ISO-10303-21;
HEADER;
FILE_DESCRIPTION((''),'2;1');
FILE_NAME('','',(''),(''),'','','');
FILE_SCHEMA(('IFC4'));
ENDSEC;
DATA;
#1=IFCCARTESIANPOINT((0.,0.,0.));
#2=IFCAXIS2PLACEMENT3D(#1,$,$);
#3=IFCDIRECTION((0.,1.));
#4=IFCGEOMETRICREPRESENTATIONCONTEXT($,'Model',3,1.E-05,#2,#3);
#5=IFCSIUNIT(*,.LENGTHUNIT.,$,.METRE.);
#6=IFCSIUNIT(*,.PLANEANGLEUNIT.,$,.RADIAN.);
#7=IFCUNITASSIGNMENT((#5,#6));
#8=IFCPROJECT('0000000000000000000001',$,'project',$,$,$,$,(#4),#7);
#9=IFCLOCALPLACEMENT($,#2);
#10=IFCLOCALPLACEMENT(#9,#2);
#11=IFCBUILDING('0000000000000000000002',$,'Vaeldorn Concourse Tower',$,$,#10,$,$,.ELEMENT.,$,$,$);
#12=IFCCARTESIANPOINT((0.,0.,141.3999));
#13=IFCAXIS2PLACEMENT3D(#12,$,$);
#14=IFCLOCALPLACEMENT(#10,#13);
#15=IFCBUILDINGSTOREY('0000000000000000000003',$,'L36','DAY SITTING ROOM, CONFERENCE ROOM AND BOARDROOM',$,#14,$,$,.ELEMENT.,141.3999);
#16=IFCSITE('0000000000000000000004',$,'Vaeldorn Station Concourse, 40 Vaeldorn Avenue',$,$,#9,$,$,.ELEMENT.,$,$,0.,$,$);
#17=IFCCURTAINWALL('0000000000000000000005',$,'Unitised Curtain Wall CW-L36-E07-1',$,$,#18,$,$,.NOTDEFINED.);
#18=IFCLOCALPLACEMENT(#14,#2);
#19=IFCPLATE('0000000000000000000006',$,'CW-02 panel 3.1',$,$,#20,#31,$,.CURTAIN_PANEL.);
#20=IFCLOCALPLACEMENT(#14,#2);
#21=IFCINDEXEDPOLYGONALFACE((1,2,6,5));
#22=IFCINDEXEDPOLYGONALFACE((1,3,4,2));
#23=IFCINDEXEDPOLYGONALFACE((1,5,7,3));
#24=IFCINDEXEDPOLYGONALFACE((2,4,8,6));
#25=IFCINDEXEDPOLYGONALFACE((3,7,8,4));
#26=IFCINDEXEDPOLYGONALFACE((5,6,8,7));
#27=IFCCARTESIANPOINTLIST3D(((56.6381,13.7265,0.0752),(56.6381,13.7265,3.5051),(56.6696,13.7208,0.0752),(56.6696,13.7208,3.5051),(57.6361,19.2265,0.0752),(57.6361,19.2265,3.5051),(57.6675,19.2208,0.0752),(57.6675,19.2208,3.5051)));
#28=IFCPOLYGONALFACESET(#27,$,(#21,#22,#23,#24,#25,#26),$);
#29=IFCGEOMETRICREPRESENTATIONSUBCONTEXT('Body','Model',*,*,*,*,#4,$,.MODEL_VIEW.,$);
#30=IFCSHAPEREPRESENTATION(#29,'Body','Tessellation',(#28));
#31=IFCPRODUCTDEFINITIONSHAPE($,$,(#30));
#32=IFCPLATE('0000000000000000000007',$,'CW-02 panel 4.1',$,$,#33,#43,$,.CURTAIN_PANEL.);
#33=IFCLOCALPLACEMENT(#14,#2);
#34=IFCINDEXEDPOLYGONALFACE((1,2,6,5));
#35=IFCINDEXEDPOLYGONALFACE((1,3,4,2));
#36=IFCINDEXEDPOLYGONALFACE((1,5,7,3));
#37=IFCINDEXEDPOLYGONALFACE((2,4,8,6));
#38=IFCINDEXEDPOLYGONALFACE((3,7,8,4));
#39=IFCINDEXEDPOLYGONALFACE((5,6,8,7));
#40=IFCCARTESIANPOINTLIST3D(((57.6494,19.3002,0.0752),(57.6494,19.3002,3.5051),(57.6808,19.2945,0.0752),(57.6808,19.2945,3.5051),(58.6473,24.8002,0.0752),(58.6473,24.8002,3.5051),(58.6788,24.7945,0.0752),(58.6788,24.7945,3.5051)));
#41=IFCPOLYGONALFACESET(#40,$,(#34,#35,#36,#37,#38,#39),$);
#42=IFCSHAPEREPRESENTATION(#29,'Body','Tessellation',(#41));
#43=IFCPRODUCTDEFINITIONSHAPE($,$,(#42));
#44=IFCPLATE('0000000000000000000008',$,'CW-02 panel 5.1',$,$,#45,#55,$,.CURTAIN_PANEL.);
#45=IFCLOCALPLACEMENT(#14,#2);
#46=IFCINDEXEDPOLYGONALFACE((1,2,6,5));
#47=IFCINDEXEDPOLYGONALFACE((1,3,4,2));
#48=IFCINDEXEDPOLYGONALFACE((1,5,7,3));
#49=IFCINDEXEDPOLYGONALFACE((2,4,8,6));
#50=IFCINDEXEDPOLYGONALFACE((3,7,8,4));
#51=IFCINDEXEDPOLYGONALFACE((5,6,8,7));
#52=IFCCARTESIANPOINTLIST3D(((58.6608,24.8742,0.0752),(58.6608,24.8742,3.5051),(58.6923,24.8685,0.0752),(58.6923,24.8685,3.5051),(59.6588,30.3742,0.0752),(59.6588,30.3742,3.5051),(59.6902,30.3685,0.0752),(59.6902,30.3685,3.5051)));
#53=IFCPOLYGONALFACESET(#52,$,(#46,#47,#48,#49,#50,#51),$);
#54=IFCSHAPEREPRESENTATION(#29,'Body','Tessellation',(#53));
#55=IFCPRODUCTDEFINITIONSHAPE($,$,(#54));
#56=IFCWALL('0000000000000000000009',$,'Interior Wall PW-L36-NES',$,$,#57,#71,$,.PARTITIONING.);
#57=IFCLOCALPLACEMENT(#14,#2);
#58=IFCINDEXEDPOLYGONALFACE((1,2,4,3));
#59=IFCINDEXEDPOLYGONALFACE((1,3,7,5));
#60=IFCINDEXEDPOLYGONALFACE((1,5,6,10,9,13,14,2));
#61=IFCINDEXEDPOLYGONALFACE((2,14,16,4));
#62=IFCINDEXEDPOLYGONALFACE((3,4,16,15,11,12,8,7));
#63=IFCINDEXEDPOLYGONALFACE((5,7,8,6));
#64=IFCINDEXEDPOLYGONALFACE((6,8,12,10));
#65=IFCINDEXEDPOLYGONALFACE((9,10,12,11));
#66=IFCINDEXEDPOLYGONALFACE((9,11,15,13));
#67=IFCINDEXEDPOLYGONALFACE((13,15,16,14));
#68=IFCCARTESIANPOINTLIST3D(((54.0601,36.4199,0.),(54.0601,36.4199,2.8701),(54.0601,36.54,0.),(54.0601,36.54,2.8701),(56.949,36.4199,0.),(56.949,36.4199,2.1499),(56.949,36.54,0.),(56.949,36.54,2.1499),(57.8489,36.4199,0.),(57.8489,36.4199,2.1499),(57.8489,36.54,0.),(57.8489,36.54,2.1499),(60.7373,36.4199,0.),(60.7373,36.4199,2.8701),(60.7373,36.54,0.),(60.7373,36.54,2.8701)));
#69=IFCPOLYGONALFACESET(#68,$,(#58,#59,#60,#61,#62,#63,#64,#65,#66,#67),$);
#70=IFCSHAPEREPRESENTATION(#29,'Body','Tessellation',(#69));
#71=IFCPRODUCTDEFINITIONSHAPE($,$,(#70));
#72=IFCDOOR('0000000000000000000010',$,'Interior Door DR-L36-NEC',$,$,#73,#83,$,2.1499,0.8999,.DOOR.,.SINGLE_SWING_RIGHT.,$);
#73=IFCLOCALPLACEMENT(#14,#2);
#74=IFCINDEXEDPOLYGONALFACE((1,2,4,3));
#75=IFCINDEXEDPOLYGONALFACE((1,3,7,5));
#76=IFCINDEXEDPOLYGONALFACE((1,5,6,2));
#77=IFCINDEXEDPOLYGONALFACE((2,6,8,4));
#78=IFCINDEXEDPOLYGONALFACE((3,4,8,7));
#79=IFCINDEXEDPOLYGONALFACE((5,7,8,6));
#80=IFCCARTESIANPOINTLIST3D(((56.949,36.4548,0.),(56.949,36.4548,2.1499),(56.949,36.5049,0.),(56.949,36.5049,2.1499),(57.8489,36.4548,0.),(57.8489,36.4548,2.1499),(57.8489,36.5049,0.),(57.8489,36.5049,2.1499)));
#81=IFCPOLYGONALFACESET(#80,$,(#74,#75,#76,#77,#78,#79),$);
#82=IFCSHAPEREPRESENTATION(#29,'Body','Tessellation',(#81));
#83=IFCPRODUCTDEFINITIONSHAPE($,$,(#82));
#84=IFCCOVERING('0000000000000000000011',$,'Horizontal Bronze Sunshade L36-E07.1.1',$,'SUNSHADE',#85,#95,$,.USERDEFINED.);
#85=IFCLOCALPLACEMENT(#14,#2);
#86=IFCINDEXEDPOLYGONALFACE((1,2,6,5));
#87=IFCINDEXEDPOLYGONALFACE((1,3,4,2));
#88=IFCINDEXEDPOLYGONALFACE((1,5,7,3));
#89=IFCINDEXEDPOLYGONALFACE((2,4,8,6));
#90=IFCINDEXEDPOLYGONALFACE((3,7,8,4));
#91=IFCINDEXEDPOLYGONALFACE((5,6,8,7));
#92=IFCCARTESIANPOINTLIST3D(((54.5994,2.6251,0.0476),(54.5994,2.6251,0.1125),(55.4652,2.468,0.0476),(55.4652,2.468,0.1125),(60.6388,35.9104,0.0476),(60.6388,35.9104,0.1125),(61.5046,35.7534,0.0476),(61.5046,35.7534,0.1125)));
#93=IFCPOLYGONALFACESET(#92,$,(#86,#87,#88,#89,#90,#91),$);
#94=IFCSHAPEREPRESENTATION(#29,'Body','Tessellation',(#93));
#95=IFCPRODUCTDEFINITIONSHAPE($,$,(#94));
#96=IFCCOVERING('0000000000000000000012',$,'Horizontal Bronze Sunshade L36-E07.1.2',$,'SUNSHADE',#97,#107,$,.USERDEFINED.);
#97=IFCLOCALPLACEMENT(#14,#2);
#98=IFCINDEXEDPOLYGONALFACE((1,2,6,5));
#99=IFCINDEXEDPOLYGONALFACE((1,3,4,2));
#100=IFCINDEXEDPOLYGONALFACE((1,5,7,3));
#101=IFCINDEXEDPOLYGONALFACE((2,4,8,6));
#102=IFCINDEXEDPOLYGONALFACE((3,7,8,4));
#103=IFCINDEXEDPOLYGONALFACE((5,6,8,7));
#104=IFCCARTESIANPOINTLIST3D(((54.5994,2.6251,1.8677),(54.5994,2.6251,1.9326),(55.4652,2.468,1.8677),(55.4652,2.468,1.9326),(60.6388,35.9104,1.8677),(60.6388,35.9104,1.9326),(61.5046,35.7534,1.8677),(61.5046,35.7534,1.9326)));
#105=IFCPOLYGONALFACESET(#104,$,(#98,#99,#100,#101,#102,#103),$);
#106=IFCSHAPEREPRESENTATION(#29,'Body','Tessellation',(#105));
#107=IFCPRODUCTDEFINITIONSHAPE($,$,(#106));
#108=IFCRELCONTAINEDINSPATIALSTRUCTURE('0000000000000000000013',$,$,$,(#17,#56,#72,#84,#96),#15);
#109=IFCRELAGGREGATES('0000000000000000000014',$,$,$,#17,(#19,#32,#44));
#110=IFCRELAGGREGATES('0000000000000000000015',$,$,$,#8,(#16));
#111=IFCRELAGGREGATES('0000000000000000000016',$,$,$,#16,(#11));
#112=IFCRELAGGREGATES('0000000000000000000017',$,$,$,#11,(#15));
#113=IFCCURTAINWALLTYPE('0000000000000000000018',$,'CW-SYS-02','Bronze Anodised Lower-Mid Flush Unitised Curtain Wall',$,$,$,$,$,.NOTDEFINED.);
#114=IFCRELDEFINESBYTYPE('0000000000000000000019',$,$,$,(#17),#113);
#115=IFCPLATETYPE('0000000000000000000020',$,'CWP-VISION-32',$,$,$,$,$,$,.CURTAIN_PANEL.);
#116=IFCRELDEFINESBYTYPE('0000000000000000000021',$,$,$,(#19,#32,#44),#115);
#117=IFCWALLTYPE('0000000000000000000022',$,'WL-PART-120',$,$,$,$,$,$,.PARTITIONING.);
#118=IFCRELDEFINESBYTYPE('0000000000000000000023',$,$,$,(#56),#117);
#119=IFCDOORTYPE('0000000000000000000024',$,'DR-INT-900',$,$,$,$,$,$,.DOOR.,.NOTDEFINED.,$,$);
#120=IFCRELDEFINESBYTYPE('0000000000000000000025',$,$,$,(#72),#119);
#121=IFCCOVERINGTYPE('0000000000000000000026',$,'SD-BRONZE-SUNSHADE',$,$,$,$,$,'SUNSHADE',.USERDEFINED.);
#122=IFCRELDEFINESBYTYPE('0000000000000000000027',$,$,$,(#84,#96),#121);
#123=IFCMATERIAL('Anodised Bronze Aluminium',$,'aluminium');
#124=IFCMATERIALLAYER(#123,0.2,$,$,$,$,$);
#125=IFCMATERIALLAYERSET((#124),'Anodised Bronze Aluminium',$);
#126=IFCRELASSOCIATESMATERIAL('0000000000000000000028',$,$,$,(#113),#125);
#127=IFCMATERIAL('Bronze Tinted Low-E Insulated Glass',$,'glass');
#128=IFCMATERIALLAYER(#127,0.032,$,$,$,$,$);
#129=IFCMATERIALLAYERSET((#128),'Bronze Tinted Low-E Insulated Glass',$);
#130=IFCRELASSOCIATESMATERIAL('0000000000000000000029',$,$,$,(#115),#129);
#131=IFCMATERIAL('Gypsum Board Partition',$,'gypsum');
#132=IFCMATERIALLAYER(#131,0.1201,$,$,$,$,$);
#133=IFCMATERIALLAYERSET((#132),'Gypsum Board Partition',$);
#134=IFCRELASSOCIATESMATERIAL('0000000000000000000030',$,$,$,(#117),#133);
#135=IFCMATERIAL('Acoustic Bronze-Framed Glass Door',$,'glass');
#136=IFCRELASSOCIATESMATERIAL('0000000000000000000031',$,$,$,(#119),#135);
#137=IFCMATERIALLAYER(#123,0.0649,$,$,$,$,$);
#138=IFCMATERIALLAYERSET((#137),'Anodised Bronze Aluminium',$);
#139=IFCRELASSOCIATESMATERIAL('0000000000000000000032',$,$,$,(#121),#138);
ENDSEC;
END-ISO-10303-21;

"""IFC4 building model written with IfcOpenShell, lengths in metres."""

from ifc_helpers import new_model, si_unit, direction, frame, frame_2d, origin, origin_2d, place, context, subcontext, project, spatial, rectangle, extrude, source, transform, mapped, material, layer, layer_set, type_object, element, fill, aggregate, save


model = new_model("IFC4")

# Units and contexts
model_context = context("Model", 3, precision=1e-05, world=origin(), true_north=direction((0.0, 1.0)))
body_context = subcontext(model_context, "Body", "Model", "MODEL_VIEW")
ifc_project = project(units=[si_unit("LENGTHUNIT", "METRE"), si_unit("PLANEANGLEUNIT", "RADIAN")], contexts=[model_context])

# Site, building, storey
site_placement = place(None, origin())
site = spatial("IfcSite", under=ifc_project, at=site_placement, Name="Vaeldorn Station Concourse, 40 Vaeldorn Avenue", CompositionType="ELEMENT", RefElevation=0.0)
building_placement = place(site_placement, origin())
building = spatial("IfcBuilding", under=site, at=building_placement, Name="Vaeldorn Concourse Tower", CompositionType="ELEMENT")
storey_placement = place(building_placement, frame((0.0, 0.0, 141.3999)))
storey = spatial("IfcBuildingStorey", under=building, at=storey_placement, Name="L36", Description="DAY SITTING ROOM, CONFERENCE ROOM AND BOARDROOM", CompositionType="ELEMENT", Elevation=141.3999)

# Curtain wall, plates
ifc_material_1 = material(Name="Anodised Bronze Aluminium", Category="aluminium")
ifc_layer_1 = layer(ifc_material_1, 0.2)
ifc_layer_set_1 = layer_set([ifc_layer_1], Name="Anodised Bronze Aluminium")
curtain_wall_type = type_object("IfcCurtainWallType", Name="CW-SYS-02", Description="Bronze Anodised Lower-Mid Flush Unitised Curtain Wall", PredefinedType="NOTDEFINED", material=ifc_layer_set_1)
curtain_wall_placement = place(storey_placement, origin())
curtain_wall = element("IfcCurtainWall", 1, at=curtain_wall_placement, inside=storey, type_object=curtain_wall_type, Name="Unitised Curtain Wall CW-L36-E07-1", PredefinedType="NOTDEFINED")
ifc_material_2 = material(Name="Bronze Tinted Low-E Insulated Glass", Category="glass")
ifc_layer_2 = layer(ifc_material_2, 0.032)
ifc_layer_set_2 = layer_set([ifc_layer_2], Name="Bronze Tinted Low-E Insulated Glass")
plate_type = type_object("IfcPlateType", Name="CWP-VISION-32", PredefinedType="CURTAIN_PANEL", material=ifc_layer_set_2)
shared_shape_1 = source(origin(), body_context, "Body", "SweptSolid", [
    extrude(rectangle(XDim=5.5898, YDim=0.032, at=origin_2d()), origin(), (0.0, 0.0, 1.0), 3.4299),
])
plate_1_placement = place(storey_placement, frame((57.1528, 16.4736, 0.0752), z_axis=(0.0, 0.0, 1.0), x_axis=(0.178526, 0.983935, 0.0)))
plate_1 = element("IfcPlate", 2, at=plate_1_placement, type_object=plate_type, Name="CW-02 panel 3.1", PredefinedType="CURTAIN_PANEL", context=body_context, shape_type="MappedRepresentation", body=[
    mapped(shared_shape_1, transform((0.0, 0.0, 0.0), scale=1.0)),
])
plate_2_placement = place(storey_placement, frame((58.1641, 22.0474, 0.0752), z_axis=(0.0, 0.0, 1.0), x_axis=(0.178526, 0.983935, 0.0)))
plate_2 = element("IfcPlate", 3, at=plate_2_placement, type_object=plate_type, Name="CW-02 panel 4.1", PredefinedType="CURTAIN_PANEL", context=body_context, shape_type="MappedRepresentation", body=[
    mapped(shared_shape_1, transform((0.0, 0.0, 0.0), scale=1.0)),
])
plate_3_placement = place(storey_placement, frame((59.1755, 27.6213, 0.0752), z_axis=(0.0, 0.0, 1.0), x_axis=(0.178526, 0.983935, 0.0)))
plate_3 = element("IfcPlate", 4, at=plate_3_placement, type_object=plate_type, Name="CW-02 panel 5.1", PredefinedType="CURTAIN_PANEL", context=body_context, shape_type="MappedRepresentation", body=[
    mapped(shared_shape_1, transform((0.0, 0.0, 0.0), scale=1.0)),
])
aggregate(curtain_wall, [plate_1, plate_2, plate_3])

# Wall, opening, door
ifc_material_3 = material(Name="Gypsum Board Partition", Category="gypsum")
ifc_layer_3 = layer(ifc_material_3, 0.1201)
ifc_layer_set_3 = layer_set([ifc_layer_3], Name="Gypsum Board Partition")
wall_type = type_object("IfcWallType", Name="WL-PART-120", PredefinedType="PARTITIONING", material=ifc_layer_set_3)
wall_placement = place(storey_placement, frame((54.0601, 36.48, 0.0), z_axis=(0.0, 0.0, 1.0), x_axis=(1.0, 0.0, 0.0)))
wall = element("IfcWall", 5, at=wall_placement, inside=storey, type_object=wall_type, Name="Interior Wall PW-L36-NES", PredefinedType="PARTITIONING", context=body_context, shape_type="SweptSolid", body=[
    extrude(rectangle(XDim=6.6772, YDim=0.1201, at=frame_2d((3.3386, 0.0))), origin(), (0.0, 0.0, 1.0), 2.8701),
])
opening_placement = place(wall_placement, frame((2.8889, 0.0, 0.0)))
opening = element("IfcOpeningElement", 6, at=opening_placement, cuts=wall, PredefinedType="OPENING", context=body_context, shape_type="SweptSolid", body=[
    extrude(rectangle(XDim=0.8999, YDim=2.1499, at=frame_2d((0.45, 1.075))), frame((0.0, 0.0701, 0.0), z_axis=(0.0, -1.0, 0.0), x_axis=(1.0, 0.0, 0.0)), (0.0, 0.0, 1.0), 0.1401),
])
ifc_material_4 = material(Name="Acoustic Bronze-Framed Glass Door", Category="glass")
door_type = type_object("IfcDoorType", Name="DR-INT-900", OperationType="NOTDEFINED", PredefinedType="DOOR", material=ifc_material_4)
shared_shape_2 = source(origin(), body_context, "Body", "SweptSolid", [
    extrude(rectangle(XDim=0.8999, YDim=2.1499, at=frame_2d((0.45, 1.075))), frame((0.0, 0.0249, 0.0), z_axis=(0.0, -1.0, 0.0), x_axis=(1.0, 0.0, 0.0)), (0.0, 0.0, 1.0), 0.05),
])
door_placement = place(opening_placement, origin())
door = element("IfcDoor", 7, at=door_placement, inside=storey, type_object=door_type, Name="Interior Door DR-L36-NEC", OperationType="SINGLE_SWING_RIGHT", OverallHeight=2.1499, OverallWidth=0.8999, PredefinedType="DOOR", context=body_context, shape_type="MappedRepresentation", body=[
    mapped(shared_shape_2, transform((0.0, 0.0, 0.0), scale=1.0)),
])
fill(opening, door)

# Coverings
ifc_layer_4 = layer(ifc_material_1, 0.0649)
ifc_layer_set_4 = layer_set([ifc_layer_4], Name="Anodised Bronze Aluminium")
covering_type = type_object("IfcCoveringType", Name="SD-BRONZE-SUNSHADE", ElementType="SUNSHADE", PredefinedType="USERDEFINED", material=ifc_layer_set_4)
shared_shape_3 = source(origin(), body_context, "Body", "SweptSolid", [
    extrude(rectangle(XDim=33.8289, YDim=0.8799, at=origin_2d()), origin(), (0.0, 0.0, 1.0), 0.0649),
])
for number, where, z_axis, x_axis, name in (
    (8, (58.052, 19.1892, 0.0476), (0.0, 0.0, 1.0), (0.178527, 0.983935, 0.0), "Horizontal Bronze Sunshade L36-E07.1.1"),
    (9, (58.052, 19.1892, 1.8677), (0.0, 0.0, 1.0), (0.178527, 0.983935, 0.0), "Horizontal Bronze Sunshade L36-E07.1.2"),
):
    element("IfcCovering", number, at=place(storey_placement, frame(where, z_axis=z_axis, x_axis=x_axis)), inside=storey, type_object=covering_type, Name=name, ObjectType="SUNSHADE", PredefinedType="USERDEFINED", context=body_context, shape_type="MappedRepresentation", body=[
        mapped(shared_shape_3, transform((0.0, 0.0, 0.0), scale=1.0)),
    ])

save(model, "model.ifc")
